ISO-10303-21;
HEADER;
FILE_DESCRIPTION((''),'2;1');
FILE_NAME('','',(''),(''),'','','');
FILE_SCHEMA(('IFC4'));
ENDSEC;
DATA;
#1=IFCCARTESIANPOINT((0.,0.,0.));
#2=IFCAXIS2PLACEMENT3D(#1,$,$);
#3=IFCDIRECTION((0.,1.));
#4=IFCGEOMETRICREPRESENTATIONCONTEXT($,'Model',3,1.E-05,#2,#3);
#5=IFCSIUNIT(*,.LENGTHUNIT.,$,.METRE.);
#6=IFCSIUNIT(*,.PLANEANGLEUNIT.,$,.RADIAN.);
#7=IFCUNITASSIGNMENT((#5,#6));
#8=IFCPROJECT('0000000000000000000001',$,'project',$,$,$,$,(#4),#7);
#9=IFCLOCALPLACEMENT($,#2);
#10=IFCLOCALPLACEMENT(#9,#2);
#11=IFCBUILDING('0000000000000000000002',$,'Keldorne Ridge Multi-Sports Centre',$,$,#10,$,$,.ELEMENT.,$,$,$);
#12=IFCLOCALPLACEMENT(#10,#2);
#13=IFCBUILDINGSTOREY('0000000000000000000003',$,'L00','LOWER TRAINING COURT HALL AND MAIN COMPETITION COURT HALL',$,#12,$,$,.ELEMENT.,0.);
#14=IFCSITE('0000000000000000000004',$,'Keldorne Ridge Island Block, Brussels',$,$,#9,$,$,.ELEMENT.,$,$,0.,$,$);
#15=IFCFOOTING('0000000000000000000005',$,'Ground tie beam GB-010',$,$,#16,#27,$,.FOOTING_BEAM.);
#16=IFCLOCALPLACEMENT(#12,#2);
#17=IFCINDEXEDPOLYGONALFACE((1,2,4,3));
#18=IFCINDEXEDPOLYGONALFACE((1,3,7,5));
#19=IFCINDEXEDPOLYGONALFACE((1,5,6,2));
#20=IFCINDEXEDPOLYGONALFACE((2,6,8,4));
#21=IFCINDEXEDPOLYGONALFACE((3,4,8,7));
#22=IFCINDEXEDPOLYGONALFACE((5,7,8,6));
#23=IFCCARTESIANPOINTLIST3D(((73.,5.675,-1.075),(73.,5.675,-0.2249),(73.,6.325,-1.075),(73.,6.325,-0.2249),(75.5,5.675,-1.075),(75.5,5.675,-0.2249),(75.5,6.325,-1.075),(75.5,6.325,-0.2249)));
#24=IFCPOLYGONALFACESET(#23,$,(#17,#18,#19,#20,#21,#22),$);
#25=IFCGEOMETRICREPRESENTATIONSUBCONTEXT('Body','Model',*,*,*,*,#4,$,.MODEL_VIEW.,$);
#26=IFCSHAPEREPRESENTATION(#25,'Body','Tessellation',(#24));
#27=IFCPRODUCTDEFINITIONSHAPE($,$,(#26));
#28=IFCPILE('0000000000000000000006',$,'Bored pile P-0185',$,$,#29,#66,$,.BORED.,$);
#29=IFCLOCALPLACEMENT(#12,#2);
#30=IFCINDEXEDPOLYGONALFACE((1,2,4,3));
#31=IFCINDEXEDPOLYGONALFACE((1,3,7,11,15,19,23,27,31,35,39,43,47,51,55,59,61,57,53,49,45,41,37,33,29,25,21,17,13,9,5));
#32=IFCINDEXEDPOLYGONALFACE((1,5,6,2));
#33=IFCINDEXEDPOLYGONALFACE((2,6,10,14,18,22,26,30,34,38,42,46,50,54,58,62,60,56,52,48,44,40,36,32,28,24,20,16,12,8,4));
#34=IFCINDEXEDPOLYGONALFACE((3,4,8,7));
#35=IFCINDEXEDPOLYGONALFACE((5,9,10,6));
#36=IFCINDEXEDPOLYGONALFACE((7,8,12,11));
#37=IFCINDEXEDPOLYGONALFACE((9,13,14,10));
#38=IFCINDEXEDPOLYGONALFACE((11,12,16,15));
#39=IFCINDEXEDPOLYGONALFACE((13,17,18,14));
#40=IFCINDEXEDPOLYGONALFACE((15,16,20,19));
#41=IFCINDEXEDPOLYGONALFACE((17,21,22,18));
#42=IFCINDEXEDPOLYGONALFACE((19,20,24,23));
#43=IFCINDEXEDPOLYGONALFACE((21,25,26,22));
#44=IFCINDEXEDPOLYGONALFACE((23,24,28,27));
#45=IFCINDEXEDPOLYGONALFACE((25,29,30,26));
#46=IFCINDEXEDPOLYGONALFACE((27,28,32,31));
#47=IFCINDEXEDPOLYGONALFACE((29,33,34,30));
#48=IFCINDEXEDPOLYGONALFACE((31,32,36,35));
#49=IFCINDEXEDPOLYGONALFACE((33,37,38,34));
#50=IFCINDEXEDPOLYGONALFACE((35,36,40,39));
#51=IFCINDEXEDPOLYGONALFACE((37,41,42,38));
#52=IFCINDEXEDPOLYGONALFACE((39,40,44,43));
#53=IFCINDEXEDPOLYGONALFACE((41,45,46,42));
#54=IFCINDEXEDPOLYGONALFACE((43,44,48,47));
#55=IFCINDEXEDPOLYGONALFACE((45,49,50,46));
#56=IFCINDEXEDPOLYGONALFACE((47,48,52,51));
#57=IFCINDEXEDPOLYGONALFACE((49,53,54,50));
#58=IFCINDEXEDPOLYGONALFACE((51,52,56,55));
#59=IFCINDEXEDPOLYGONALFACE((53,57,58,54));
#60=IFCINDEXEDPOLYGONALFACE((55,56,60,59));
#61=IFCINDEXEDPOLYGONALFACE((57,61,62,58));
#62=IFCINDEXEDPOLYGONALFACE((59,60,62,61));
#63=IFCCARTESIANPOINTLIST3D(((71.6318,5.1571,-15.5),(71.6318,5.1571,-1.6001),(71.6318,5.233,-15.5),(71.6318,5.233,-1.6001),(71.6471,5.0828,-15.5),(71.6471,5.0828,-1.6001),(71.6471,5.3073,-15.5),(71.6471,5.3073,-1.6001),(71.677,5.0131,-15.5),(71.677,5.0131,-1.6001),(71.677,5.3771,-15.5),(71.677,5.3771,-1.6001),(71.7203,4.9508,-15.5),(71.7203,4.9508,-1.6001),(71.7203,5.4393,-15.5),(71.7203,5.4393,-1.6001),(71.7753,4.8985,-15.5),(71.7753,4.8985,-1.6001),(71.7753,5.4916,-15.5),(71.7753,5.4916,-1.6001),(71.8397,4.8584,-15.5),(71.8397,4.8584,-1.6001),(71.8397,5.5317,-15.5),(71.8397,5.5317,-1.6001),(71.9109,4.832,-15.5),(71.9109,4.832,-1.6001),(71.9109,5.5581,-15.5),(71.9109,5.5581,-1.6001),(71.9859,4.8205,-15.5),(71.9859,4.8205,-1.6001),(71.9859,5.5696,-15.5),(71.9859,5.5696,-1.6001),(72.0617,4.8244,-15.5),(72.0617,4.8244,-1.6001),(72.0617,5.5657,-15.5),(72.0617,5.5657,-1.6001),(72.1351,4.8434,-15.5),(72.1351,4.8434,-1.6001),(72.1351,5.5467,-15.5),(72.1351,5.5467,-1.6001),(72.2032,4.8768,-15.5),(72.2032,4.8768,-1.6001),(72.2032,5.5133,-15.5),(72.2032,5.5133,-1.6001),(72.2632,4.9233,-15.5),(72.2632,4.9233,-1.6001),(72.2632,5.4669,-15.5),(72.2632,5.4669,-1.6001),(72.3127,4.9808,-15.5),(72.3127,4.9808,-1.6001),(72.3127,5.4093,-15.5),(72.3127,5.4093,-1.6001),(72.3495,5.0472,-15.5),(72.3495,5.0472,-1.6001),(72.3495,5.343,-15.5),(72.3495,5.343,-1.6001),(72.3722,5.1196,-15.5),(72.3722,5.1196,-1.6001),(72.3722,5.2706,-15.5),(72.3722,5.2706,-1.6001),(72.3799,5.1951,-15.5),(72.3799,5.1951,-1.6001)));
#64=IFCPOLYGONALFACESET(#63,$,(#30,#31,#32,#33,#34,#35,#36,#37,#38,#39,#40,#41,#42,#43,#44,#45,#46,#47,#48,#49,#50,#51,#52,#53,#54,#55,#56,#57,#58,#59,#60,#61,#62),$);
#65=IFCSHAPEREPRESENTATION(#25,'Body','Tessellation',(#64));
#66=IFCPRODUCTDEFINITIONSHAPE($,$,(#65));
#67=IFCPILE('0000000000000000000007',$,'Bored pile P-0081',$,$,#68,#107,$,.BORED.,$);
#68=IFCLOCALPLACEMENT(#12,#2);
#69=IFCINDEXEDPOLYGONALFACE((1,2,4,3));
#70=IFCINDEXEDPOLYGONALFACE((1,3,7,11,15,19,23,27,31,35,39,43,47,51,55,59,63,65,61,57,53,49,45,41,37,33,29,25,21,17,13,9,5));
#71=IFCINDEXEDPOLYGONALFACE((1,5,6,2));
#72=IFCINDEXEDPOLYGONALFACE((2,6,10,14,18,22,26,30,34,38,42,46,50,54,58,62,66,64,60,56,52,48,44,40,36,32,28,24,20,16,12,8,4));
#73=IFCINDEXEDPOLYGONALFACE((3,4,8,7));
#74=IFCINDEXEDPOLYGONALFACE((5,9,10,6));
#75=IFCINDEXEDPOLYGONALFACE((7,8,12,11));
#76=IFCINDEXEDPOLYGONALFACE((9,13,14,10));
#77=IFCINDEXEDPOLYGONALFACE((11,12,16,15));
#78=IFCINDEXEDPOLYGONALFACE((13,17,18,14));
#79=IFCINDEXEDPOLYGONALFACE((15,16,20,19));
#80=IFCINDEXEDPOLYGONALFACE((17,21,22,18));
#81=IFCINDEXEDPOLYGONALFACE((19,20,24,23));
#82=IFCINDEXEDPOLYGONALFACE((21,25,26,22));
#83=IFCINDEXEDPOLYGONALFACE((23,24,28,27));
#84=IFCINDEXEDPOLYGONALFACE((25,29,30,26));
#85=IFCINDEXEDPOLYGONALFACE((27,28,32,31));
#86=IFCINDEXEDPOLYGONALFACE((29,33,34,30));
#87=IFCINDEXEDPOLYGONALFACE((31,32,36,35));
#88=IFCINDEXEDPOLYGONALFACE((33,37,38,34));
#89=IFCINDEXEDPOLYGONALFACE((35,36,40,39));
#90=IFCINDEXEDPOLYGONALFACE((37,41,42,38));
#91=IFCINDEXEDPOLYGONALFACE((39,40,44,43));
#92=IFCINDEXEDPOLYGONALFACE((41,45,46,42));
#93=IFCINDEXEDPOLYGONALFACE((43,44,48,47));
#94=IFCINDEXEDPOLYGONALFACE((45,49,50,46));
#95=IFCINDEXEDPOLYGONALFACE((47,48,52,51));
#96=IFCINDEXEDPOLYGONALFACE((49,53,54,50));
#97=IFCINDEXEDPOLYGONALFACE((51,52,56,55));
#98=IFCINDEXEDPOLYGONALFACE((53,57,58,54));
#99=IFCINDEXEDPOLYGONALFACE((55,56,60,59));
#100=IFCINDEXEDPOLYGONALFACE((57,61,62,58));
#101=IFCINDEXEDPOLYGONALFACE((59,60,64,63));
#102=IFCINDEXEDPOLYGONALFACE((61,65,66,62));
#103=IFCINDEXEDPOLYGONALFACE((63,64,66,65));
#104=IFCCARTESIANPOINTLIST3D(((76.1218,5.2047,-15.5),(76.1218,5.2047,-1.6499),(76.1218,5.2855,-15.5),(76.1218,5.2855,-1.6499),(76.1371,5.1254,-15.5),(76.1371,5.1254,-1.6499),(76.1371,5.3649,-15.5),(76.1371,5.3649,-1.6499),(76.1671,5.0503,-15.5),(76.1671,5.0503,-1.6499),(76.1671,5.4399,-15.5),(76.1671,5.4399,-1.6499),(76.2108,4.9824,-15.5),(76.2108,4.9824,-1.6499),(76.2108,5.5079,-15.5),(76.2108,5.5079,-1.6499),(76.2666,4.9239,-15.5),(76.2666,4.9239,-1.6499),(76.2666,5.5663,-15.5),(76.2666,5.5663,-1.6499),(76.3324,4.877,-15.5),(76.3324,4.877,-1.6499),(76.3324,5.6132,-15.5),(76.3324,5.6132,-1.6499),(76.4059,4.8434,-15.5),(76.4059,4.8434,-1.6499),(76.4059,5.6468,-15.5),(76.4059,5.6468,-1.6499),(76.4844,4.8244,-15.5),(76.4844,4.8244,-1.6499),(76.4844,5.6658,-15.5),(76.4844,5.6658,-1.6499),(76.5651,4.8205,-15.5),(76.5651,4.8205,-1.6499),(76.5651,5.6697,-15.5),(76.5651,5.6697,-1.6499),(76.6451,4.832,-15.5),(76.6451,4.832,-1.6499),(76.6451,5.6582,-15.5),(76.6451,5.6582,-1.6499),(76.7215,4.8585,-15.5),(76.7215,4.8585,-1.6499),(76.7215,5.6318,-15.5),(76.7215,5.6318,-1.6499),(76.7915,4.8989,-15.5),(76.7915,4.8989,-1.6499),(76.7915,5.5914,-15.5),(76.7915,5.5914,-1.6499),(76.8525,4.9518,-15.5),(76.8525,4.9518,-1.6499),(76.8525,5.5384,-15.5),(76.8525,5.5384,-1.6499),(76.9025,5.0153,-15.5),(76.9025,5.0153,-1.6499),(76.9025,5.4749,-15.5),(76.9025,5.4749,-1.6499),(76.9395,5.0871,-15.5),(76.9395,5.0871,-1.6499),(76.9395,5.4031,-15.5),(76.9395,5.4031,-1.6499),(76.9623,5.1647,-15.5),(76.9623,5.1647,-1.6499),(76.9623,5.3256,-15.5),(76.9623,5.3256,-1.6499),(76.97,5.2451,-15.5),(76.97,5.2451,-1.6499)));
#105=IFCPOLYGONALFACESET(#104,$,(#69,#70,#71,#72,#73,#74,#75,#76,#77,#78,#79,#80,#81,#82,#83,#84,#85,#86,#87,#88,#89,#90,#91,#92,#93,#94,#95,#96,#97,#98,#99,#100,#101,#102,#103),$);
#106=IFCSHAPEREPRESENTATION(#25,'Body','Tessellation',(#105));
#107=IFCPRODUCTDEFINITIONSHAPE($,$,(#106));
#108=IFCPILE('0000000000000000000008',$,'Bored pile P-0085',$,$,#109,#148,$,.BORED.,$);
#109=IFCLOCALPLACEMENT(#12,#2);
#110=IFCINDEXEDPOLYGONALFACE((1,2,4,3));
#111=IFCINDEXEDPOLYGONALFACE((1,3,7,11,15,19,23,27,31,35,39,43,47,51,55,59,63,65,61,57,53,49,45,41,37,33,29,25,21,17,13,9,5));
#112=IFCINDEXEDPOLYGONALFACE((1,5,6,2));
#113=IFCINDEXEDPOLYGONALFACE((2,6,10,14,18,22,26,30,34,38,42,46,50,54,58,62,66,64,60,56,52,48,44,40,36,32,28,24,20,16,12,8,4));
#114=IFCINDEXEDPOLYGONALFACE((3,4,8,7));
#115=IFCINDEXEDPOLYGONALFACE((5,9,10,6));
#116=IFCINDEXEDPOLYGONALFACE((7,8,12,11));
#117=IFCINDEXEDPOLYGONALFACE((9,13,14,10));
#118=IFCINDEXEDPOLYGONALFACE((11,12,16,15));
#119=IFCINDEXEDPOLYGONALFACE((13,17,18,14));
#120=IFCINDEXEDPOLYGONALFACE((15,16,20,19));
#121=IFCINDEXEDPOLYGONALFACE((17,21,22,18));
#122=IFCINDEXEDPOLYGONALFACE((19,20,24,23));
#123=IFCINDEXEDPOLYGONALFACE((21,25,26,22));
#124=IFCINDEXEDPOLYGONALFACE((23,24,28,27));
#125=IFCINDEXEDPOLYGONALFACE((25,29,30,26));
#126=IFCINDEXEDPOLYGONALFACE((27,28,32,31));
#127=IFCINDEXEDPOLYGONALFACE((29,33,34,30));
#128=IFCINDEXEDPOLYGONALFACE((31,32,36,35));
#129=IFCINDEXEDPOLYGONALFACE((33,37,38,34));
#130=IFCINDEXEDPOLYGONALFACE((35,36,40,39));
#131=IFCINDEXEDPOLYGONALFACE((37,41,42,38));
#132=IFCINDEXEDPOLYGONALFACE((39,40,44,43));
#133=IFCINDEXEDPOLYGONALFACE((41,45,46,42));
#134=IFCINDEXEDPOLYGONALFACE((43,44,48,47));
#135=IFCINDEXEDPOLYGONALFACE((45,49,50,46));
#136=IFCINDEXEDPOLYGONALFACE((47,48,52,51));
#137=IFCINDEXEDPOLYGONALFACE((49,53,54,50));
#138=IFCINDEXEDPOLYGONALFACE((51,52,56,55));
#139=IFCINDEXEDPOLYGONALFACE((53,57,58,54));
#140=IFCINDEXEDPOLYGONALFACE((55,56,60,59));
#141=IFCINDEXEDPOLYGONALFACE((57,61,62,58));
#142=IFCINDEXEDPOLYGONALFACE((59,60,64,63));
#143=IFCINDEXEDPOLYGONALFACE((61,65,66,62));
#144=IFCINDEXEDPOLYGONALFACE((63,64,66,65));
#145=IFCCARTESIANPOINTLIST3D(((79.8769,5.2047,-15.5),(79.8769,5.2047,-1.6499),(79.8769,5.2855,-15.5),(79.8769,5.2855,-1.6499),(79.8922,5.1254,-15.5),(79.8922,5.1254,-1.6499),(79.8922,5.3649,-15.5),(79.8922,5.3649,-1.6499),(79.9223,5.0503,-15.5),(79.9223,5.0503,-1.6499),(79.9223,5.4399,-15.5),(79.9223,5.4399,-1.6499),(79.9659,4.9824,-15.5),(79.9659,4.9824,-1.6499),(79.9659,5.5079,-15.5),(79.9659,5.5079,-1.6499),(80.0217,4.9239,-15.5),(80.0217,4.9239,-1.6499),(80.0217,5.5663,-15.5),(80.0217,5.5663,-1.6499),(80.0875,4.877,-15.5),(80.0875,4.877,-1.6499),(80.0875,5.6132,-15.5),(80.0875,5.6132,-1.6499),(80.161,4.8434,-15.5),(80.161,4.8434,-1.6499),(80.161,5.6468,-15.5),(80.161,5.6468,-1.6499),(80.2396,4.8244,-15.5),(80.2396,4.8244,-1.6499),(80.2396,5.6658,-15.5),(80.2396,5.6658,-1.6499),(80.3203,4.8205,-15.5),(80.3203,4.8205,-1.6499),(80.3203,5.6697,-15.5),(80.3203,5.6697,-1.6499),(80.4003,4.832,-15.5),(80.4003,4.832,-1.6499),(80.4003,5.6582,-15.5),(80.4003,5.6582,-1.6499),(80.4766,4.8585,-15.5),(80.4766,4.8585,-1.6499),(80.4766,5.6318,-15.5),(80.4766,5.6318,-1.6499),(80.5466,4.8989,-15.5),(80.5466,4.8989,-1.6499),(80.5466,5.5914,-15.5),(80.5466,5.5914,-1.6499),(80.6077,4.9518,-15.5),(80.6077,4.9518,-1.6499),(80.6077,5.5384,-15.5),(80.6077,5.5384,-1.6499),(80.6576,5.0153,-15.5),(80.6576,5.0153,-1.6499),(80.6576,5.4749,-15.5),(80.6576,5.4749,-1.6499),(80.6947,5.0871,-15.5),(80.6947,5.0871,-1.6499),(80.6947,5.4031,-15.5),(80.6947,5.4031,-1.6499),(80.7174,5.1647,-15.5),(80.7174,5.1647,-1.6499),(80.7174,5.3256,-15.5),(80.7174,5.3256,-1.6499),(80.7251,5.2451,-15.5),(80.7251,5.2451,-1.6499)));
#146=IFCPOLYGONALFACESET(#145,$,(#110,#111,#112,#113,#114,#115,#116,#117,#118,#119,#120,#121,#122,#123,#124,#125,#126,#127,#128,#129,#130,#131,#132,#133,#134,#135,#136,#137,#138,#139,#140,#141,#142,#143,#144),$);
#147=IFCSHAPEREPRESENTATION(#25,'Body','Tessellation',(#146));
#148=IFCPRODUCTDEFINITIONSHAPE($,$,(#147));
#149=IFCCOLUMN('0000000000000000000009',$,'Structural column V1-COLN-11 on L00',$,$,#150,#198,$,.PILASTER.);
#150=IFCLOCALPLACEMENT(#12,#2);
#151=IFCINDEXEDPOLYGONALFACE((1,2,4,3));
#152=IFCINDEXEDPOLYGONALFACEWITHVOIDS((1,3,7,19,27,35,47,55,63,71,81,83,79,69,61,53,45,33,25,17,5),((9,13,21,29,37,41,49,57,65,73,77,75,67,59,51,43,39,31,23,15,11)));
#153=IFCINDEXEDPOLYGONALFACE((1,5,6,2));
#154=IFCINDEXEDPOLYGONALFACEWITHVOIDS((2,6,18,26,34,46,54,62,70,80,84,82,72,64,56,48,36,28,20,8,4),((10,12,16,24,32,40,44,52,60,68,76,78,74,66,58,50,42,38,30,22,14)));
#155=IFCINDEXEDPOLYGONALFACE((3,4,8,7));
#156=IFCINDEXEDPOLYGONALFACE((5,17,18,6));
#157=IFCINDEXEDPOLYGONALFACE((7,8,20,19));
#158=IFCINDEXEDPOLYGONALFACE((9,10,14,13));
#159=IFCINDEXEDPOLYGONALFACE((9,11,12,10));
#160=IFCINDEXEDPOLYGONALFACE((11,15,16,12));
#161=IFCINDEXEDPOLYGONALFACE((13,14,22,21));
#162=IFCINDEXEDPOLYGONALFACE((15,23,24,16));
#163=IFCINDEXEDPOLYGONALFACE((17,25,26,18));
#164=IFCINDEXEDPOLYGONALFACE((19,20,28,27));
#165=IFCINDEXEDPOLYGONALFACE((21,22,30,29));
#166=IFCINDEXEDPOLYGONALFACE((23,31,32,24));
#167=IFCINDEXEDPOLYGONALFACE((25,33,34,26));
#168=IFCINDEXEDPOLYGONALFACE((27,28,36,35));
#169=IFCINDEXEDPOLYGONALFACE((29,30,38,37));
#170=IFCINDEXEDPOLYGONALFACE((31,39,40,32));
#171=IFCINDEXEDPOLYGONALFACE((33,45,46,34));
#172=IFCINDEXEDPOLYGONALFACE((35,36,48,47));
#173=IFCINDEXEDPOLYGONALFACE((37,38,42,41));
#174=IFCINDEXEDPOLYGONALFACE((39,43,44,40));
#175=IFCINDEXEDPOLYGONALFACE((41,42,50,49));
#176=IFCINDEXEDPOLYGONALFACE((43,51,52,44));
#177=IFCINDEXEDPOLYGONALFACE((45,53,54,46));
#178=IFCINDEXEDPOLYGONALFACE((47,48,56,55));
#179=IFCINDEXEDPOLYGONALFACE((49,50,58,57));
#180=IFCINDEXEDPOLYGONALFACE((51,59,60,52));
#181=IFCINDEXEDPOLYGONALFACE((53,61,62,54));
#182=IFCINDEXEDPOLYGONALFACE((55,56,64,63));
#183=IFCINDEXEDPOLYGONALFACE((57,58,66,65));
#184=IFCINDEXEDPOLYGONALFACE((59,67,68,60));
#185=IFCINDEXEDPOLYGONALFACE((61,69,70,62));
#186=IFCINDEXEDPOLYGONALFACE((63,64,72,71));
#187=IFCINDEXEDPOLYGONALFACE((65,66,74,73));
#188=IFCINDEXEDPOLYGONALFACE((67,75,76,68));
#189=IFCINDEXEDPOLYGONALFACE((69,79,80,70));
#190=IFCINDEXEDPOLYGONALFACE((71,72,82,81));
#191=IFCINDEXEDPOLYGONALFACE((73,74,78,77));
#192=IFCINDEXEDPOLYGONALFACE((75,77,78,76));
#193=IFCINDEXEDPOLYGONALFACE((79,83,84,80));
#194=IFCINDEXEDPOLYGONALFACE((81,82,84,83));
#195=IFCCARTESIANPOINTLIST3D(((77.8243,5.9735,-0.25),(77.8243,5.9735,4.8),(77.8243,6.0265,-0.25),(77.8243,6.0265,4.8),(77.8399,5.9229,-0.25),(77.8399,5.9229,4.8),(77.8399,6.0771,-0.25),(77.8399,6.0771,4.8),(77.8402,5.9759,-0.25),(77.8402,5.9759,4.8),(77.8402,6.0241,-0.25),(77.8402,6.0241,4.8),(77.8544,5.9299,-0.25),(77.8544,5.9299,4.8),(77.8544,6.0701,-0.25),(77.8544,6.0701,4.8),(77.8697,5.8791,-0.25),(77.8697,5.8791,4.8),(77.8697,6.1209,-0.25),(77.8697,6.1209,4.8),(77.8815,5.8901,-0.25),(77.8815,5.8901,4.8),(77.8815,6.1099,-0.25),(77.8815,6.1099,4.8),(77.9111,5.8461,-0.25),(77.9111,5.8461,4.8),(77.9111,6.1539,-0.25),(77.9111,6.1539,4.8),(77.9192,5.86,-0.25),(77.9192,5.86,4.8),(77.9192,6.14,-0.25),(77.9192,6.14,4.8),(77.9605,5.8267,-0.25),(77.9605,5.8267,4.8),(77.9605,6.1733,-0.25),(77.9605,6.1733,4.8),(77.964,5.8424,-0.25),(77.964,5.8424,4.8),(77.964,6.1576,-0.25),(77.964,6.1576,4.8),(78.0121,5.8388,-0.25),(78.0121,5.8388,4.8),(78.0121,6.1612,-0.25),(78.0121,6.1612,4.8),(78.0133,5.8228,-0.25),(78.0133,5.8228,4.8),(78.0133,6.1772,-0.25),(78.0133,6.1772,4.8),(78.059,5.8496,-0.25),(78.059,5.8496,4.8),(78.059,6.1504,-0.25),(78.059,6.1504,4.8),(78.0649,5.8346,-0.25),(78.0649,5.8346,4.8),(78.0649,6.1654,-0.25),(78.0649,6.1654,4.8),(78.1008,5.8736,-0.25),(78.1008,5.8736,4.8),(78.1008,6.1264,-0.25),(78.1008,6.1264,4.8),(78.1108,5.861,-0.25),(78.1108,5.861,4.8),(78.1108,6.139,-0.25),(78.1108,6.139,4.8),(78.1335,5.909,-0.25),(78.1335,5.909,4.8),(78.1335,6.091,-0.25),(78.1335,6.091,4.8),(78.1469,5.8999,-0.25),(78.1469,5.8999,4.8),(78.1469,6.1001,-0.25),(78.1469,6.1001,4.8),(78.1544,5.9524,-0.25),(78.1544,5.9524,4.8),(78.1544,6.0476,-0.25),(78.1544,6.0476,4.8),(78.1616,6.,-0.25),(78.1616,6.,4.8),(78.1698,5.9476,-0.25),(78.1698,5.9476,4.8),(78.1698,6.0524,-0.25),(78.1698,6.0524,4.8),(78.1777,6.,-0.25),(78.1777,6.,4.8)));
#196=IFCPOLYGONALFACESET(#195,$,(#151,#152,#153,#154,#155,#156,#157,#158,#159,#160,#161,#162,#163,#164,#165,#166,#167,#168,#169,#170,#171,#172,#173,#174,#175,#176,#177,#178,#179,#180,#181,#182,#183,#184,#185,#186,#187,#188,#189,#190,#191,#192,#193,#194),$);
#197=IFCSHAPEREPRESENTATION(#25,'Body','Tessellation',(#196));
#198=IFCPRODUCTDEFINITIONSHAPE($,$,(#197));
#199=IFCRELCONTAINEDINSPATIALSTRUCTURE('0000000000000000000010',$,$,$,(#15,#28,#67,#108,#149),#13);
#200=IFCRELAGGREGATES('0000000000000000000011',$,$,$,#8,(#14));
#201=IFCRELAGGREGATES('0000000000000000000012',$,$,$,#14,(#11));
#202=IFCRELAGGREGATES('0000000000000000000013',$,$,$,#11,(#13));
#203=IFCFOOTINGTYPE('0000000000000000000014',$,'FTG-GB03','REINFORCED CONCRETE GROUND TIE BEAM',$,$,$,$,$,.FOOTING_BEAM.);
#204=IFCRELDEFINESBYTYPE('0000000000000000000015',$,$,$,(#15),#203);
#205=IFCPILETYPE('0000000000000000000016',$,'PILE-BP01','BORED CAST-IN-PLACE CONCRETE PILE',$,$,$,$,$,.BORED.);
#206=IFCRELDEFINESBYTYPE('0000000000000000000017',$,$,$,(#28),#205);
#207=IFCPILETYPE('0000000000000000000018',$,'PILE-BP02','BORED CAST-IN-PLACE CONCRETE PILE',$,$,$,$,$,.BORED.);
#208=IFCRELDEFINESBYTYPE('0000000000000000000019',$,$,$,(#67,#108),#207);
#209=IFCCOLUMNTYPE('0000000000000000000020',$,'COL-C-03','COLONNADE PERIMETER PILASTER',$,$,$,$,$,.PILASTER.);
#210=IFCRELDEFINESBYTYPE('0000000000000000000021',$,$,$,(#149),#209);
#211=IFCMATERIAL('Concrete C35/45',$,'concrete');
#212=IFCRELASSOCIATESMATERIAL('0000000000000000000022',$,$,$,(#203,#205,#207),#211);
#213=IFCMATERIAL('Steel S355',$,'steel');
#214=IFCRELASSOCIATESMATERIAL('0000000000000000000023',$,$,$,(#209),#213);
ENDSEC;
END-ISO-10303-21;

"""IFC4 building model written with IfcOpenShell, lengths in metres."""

from ifc_helpers import new_model, si_unit, direction, frame, origin, origin_2d, place, context, subcontext, project, spatial, rectangle, circle, hollow_circle, extrude, material, material_profile, profile_set, type_object, element, save


model = new_model("IFC4")

# Units and contexts
model_context = context("Model", 3, precision=1e-05, world=origin(), true_north=direction((0.0, 1.0)))
body_context = subcontext(model_context, "Body", "Model", "MODEL_VIEW")
ifc_project = project(units=[si_unit("LENGTHUNIT", "METRE"), si_unit("PLANEANGLEUNIT", "RADIAN")], contexts=[model_context])

# Site, building, storey
site_placement = place(None, origin())
site = spatial("IfcSite", under=ifc_project, at=site_placement, Name="Keldorne Ridge Island Block, Brussels", CompositionType="ELEMENT", RefElevation=0.0)
building_placement = place(site_placement, origin())
building = spatial("IfcBuilding", under=site, at=building_placement, Name="Keldorne Ridge Multi-Sports Centre", CompositionType="ELEMENT")
storey_placement = place(building_placement, origin())
storey = spatial("IfcBuildingStorey", under=building, at=storey_placement, Name="L00", Description="LOWER TRAINING COURT HALL AND MAIN COMPETITION COURT HALL", CompositionType="ELEMENT", Elevation=0.0)

# Footing
ifc_material_1 = material(Name="Concrete C35/45", Category="concrete")
ifc_material_profile_1 = material_profile(ifc_material_1, rectangle(XDim=0.6499, YDim=0.8501, at=origin_2d()), Name="GB 650x850")
ifc_profile_set_1 = profile_set([ifc_material_profile_1], Name="Concrete C35/45")
footing_type = type_object("IfcFootingType", Name="FTG-GB03", Description="REINFORCED CONCRETE GROUND TIE BEAM", PredefinedType="FOOTING_BEAM", material=ifc_profile_set_1)
footing_placement = place(storey_placement, frame((73.0, 6.0, -0.6499), z_axis=(1.0, 0.0, 0.0), x_axis=(0.0, 1.0, 0.0)))
element("IfcFooting", 1, at=footing_placement, inside=storey, type_object=footing_type, Name="Ground tie beam GB-010", PredefinedType="FOOTING_BEAM", context=body_context, shape_type="SweptSolid", body=[
    extrude(rectangle(XDim=0.6499, YDim=0.8501, at=origin_2d()), origin(), (0.0, 0.0, 1.0), 2.5),
])

# Piles
ifc_material_profile_2 = material_profile(ifc_material_1, circle(Radius=0.375, at=origin_2d()), Name="BORED PILE D750")
ifc_profile_set_2 = profile_set([ifc_material_profile_2], Name="Concrete C35/45")
pile_type_1 = type_object("IfcPileType", Name="PILE-BP01", Description="BORED CAST-IN-PLACE CONCRETE PILE", PredefinedType="BORED", material=ifc_profile_set_2)
pile_placement = place(storey_placement, frame((72.0049, 5.1951, -1.6001), z_axis=(0.0, 0.0, -1.0), x_axis=(1.0, 0.0, 0.0)))
element("IfcPile", 2, at=pile_placement, inside=storey, type_object=pile_type_1, Name="Bored pile P-0185", PredefinedType="BORED", context=body_context, shape_type="SweptSolid", body=[
    extrude(circle(Radius=0.375, at=origin_2d()), origin(), (0.0, 0.0, 1.0), 13.8999),
])
ifc_material_profile_3 = material_profile(ifc_material_1, circle(Radius=0.425, at=origin_2d()), Name="BORED PILE D850")
ifc_profile_set_3 = profile_set([ifc_material_profile_3], Name="Concrete C35/45")
pile_type_2 = type_object("IfcPileType", Name="PILE-BP02", Description="BORED CAST-IN-PLACE CONCRETE PILE", PredefinedType="BORED", material=ifc_profile_set_3)
for number, where, z_axis, x_axis, name in (
    (3, (76.5449, 5.2451, -1.6499), (0.0, 0.0, -1.0), (1.0, 0.0, 0.0), "Bored pile P-0081"),
    (4, (80.3, 5.2451, -1.6499), (0.0, 0.0, -1.0), (1.0, 0.0, 0.0), "Bored pile P-0085"),
):
    element("IfcPile", number, at=place(storey_placement, frame(where, z_axis=z_axis, x_axis=x_axis)), inside=storey, type_object=pile_type_2, Name=name, PredefinedType="BORED", context=body_context, shape_type="SweptSolid", body=[
        extrude(circle(Radius=0.425, at=origin_2d()), origin(), (0.0, 0.0, 1.0), 13.8501),
    ])

# Column
ifc_material_2 = material(Name="Steel S355", Category="steel")
ifc_material_profile_4 = material_profile(ifc_material_2, hollow_circle(Radius=0.1777, WallThickness=0.0161, at=origin_2d()), Name="CHS 355.6x16")
ifc_profile_set_4 = profile_set([ifc_material_profile_4], Name="Steel S355")
column_type = type_object("IfcColumnType", Name="COL-C-03", Description="COLONNADE PERIMETER PILASTER", PredefinedType="PILASTER", material=ifc_profile_set_4)
column_placement = place(storey_placement, frame((78.0, 6.0, -0.25), z_axis=(0.0, 0.0, 1.0), x_axis=(1.0, 0.0, 0.0)))
element("IfcColumn", 5, at=column_placement, inside=storey, type_object=column_type, Name="Structural column V1-COLN-11 on L00", PredefinedType="PILASTER", context=body_context, shape_type="SweptSolid", body=[
    extrude(hollow_circle(Radius=0.1777, WallThickness=0.0161, at=origin_2d()), origin(), (0.0, 0.0, 1.0), 5.05),
])

save(model, "model.ifc")
